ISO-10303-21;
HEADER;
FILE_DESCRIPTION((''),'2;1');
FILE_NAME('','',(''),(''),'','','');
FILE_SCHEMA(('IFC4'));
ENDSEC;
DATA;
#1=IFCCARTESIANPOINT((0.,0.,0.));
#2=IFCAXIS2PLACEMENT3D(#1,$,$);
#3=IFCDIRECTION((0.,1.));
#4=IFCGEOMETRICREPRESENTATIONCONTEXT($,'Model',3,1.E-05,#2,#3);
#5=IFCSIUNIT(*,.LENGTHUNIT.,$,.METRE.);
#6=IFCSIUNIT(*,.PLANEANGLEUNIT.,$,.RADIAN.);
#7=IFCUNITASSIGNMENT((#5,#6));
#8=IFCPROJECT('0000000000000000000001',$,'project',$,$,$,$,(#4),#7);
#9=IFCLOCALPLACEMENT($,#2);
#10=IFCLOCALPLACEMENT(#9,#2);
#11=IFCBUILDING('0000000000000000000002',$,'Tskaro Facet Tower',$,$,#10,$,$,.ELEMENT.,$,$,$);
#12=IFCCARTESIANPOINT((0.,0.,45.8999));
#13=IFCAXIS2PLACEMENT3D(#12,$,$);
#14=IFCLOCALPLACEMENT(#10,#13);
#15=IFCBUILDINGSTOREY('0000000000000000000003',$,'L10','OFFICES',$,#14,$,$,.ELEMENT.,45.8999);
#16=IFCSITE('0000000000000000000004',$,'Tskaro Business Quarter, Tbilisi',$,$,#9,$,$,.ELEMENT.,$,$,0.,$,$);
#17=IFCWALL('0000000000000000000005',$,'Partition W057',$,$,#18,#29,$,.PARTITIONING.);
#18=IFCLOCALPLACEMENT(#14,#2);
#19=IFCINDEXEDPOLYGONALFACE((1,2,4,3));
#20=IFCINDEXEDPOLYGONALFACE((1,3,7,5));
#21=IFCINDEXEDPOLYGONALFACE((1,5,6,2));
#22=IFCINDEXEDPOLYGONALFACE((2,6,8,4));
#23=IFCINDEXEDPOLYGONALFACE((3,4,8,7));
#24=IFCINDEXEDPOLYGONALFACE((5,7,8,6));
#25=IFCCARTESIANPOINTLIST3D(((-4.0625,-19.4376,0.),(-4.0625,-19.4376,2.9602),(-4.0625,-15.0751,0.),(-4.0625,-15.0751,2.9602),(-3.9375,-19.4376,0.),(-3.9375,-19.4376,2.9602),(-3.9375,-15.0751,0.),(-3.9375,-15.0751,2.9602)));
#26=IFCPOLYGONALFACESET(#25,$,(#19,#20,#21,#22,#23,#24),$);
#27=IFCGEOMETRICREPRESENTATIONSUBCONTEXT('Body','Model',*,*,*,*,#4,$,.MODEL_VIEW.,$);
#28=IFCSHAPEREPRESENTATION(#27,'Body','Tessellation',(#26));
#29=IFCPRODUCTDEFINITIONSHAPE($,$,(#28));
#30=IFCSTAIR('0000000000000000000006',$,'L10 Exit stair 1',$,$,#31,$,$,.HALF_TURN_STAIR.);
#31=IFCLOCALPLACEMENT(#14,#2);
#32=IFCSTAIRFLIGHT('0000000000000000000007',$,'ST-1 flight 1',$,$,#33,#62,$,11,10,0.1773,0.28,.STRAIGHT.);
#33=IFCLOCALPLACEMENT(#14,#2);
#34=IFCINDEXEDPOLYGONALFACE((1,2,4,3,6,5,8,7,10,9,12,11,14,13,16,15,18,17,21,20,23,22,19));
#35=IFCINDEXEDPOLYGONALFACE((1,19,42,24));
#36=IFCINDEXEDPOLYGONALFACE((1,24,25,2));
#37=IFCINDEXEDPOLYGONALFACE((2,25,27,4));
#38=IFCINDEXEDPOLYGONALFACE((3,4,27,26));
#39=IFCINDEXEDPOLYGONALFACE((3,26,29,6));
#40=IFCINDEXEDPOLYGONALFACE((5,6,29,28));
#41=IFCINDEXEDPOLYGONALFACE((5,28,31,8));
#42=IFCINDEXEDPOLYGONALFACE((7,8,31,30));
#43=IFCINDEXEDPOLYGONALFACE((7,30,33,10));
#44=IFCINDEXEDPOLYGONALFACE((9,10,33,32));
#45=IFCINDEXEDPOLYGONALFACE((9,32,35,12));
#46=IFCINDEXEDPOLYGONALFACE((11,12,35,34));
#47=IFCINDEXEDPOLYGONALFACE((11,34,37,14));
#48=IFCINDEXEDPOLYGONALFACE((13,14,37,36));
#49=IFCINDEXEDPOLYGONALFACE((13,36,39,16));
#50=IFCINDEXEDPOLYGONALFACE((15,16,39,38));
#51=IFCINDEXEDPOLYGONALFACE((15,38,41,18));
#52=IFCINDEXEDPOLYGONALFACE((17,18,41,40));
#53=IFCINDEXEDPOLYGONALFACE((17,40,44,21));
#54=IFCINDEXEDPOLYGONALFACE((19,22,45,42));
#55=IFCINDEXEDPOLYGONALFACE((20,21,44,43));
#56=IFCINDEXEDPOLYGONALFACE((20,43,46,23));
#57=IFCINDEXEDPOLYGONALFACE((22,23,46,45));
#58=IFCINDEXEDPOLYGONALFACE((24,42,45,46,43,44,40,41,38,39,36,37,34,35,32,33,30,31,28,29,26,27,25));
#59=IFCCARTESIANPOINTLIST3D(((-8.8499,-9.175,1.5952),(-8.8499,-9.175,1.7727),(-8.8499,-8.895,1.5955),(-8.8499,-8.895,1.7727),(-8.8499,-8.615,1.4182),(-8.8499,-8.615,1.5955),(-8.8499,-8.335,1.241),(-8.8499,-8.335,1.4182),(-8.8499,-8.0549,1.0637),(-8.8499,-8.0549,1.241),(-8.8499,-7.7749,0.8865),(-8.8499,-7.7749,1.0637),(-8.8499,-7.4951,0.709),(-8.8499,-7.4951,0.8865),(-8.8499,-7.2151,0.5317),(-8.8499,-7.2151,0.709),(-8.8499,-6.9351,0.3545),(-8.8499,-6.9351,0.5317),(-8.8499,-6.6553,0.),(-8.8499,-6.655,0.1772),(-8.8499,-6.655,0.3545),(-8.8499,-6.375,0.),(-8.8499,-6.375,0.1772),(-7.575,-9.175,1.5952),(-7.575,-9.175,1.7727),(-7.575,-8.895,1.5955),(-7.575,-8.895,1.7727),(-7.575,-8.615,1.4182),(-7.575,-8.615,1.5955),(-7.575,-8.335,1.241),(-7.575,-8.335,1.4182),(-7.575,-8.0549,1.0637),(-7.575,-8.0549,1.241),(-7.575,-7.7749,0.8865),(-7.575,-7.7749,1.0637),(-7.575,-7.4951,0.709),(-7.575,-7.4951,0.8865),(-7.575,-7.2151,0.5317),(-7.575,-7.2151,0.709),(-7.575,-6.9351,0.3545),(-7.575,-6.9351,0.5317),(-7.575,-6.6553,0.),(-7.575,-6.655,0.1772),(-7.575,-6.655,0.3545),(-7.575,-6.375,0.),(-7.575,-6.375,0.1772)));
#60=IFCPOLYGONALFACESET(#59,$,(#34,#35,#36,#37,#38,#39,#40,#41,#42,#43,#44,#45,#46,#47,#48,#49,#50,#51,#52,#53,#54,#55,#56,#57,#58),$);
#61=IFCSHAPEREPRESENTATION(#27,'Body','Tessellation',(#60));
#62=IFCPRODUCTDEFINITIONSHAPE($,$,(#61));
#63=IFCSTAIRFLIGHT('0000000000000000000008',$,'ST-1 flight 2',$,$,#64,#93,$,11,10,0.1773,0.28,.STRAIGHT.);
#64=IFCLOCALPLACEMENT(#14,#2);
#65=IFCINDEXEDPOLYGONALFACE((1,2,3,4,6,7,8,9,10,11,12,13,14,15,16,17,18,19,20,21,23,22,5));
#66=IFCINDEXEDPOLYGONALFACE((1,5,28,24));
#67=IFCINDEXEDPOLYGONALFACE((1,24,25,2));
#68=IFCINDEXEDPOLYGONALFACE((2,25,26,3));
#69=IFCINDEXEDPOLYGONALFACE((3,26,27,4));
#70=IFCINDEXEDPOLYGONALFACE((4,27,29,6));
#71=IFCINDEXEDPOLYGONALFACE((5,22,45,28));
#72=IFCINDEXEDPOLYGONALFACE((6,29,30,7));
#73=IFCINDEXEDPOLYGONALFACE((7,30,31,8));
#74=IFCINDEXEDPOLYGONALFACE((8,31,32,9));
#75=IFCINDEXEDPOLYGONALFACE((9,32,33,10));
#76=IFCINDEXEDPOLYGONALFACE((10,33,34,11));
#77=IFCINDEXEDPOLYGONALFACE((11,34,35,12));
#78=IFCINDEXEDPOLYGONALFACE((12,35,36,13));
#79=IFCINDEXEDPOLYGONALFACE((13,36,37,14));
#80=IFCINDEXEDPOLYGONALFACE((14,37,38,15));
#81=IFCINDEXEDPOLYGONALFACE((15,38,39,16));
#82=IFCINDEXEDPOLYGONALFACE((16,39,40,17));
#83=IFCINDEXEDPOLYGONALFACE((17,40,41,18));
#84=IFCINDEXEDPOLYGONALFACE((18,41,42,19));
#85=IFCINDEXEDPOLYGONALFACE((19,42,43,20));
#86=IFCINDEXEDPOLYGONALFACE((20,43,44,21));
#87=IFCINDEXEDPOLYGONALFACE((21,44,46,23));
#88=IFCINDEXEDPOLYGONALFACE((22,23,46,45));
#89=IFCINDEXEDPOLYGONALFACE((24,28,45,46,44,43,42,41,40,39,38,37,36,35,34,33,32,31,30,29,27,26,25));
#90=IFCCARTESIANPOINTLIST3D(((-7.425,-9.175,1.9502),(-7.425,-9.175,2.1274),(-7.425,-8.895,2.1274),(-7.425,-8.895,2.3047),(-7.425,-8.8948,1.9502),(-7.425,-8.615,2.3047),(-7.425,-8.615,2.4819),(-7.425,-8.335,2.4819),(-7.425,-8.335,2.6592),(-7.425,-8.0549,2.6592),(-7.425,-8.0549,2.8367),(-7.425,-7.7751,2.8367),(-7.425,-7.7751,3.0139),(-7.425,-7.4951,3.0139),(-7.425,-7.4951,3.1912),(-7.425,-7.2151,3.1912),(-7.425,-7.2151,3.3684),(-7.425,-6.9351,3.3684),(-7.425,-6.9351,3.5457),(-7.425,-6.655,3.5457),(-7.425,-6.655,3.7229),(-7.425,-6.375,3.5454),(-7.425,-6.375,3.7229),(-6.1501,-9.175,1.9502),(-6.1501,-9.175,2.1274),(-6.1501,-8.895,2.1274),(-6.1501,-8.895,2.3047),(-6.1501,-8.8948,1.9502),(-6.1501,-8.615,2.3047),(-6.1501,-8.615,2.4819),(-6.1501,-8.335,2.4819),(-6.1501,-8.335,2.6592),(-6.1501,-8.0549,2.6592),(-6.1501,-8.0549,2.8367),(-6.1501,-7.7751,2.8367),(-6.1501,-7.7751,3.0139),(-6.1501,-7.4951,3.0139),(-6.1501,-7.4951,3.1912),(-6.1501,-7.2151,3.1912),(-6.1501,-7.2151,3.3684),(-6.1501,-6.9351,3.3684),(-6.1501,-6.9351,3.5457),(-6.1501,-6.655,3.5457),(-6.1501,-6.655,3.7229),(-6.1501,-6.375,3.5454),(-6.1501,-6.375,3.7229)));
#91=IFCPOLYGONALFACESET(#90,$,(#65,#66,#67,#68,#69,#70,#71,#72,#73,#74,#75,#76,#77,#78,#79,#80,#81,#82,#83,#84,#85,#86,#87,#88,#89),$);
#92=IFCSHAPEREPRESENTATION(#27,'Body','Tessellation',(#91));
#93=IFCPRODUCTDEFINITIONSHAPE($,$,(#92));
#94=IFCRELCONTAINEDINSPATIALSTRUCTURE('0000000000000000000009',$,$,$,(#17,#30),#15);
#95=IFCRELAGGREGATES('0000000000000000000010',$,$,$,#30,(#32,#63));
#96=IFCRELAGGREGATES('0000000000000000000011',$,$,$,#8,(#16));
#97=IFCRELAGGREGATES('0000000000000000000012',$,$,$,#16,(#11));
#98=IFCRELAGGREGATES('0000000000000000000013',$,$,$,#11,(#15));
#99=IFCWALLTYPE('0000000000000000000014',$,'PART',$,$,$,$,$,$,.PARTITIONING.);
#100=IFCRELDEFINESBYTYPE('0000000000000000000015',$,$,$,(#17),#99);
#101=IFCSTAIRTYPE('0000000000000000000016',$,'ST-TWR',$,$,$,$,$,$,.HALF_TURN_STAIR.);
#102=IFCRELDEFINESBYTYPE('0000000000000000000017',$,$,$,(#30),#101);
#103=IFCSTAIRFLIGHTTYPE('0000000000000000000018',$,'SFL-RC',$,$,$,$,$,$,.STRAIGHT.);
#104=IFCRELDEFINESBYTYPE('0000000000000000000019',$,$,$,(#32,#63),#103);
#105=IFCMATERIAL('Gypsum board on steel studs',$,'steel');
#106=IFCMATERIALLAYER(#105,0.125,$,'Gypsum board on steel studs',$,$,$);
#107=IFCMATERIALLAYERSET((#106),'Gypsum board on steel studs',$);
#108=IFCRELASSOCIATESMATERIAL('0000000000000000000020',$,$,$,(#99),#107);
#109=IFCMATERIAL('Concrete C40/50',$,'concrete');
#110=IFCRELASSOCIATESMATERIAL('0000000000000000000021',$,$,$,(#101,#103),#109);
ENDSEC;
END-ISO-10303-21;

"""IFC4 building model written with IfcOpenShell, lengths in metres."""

from ifc_helpers import new_model, si_unit, direction, frame, frame_2d, origin, place, context, subcontext, project, spatial, polyline, rectangle, outline, extrude, material, layer, layer_set, type_object, element, aggregate, save


model = new_model("IFC4")

# Units and contexts
model_context = context("Model", 3, precision=1e-05, world=origin(), true_north=direction((0.0, 1.0)))
body_context = subcontext(model_context, "Body", "Model", "MODEL_VIEW")
ifc_project = project(units=[si_unit("LENGTHUNIT", "METRE"), si_unit("PLANEANGLEUNIT", "RADIAN")], contexts=[model_context])

# Site, building, storey
site_placement = place(None, origin())
site = spatial("IfcSite", under=ifc_project, at=site_placement, Name="Tskaro Business Quarter, Tbilisi", CompositionType="ELEMENT", RefElevation=0.0)
building_placement = place(site_placement, origin())
building = spatial("IfcBuilding", under=site, at=building_placement, Name="Tskaro Facet Tower", CompositionType="ELEMENT")
storey_placement = place(building_placement, frame((0.0, 0.0, 45.8999)))
storey = spatial("IfcBuildingStorey", under=building, at=storey_placement, Name="L10", Description="OFFICES", CompositionType="ELEMENT", Elevation=45.8999)

# Wall
ifc_material_1 = material(Name="Gypsum board on steel studs", Category="steel")
ifc_layer_1 = layer(ifc_material_1, 0.125, Name="Gypsum board on steel studs")
ifc_layer_set_1 = layer_set([ifc_layer_1], Name="Gypsum board on steel studs")
wall_type_1 = type_object("IfcWallType", Name="PART", PredefinedType="PARTITIONING", material=ifc_layer_set_1)
wall_1_placement = place(storey_placement, frame((-4.0, -19.4375, 0.0), z_axis=(0.0, 0.0, 1.0), x_axis=(0.0, 1.0, 0.0)))
element("IfcWall", 1, at=wall_1_placement, inside=storey, type_object=wall_type_1, Name="Partition W057", PredefinedType="PARTITIONING", context=body_context, shape_type="SweptSolid", body=[
    extrude(rectangle(XDim=4.3625, YDim=0.125, at=frame_2d((2.1812, 0.0))), origin(), (0.0, 0.0, 1.0), 2.9602),
])

# Stair, stair flights
ifc_material_2 = material(Name="Concrete C40/50", Category="concrete")
stair_type = type_object("IfcStairType", Name="ST-TWR", PredefinedType="HALF_TURN_STAIR", material=ifc_material_2)
stair_placement = place(storey_placement, origin())
stair = element("IfcStair", 2, at=stair_placement, inside=storey, type_object=stair_type, Name="L10 Exit stair 1", PredefinedType="HALF_TURN_STAIR")
stair_flight_type = type_object("IfcStairFlightType", Name="SFL-RC", PredefinedType="STRAIGHT", material=ifc_material_2)
stair_flight_1_placement = place(storey_placement, frame((-8.2124, -6.375, 0.0), z_axis=(0.0, 0.0, 1.0), x_axis=(0.0, -1.0, 0.0)))
stair_flight_1 = element("IfcStairFlight", 3, at=stair_flight_1_placement, type_object=stair_flight_type, Name="ST-1 flight 1", NumberOfRisers=11, NumberOfTreads=10, PredefinedType="STRAIGHT", RiserHeight=0.1773, TreadLength=0.28, context=body_context, shape_type="SweptSolid", body=[
    extrude(outline(polyline([(0.0, 0.0), (0.0, 0.1772), (0.28, 0.1772), (0.28, 0.3545), (0.5601, 0.3545), (0.5601, 0.5317), (0.8401, 0.5317), (0.8401, 0.709), (1.1201, 0.709), (1.1201, 0.8865), (1.3999, 0.8865), (1.3999, 1.0637), (1.6799, 1.0637), (1.6799, 1.241), (1.96, 1.241), (1.96, 1.4182), (2.24, 1.4182), (2.24, 1.5955), (2.52, 1.5955), (2.52, 1.7727), (2.8, 1.7727), (2.8, 1.95), (2.8, 1.5952), (0.2803, 0.0), (0.0, 0.0)])), frame((0.0, 0.6375, 0.0), z_axis=(0.0, -1.0, 0.0), x_axis=(1.0, 0.0, 0.0)), (0.0, 0.0, 1.0), 1.2749),
])
stair_flight_2_placement = place(storey_placement, frame((-6.7876, -9.175, 1.9502), z_axis=(0.0, 0.0, 1.0), x_axis=(0.0, 1.0, 0.0)))
stair_flight_2 = element("IfcStairFlight", 4, at=stair_flight_2_placement, type_object=stair_flight_type, Name="ST-1 flight 2", NumberOfRisers=11, NumberOfTreads=10, PredefinedType="STRAIGHT", RiserHeight=0.1773, TreadLength=0.28, context=body_context, shape_type="SweptSolid", body=[
    extrude(outline(polyline([(0.0, 0.0), (0.0, 0.1772), (0.28, 0.1772), (0.28, 0.3545), (0.5601, 0.3545), (0.5601, 0.5317), (0.8401, 0.5317), (0.8401, 0.709), (1.1201, 0.709), (1.1201, 0.8865), (1.3999, 0.8865), (1.3999, 1.0637), (1.6799, 1.0637), (1.6799, 1.241), (1.96, 1.241), (1.96, 1.4182), (2.24, 1.4182), (2.24, 1.5955), (2.52, 1.5955), (2.52, 1.7727), (2.8, 1.7727), (2.8, 1.95), (2.8, 1.5952), (0.2803, 0.0), (0.0, 0.0)])), frame((0.0, 0.6375, 0.0), z_axis=(0.0, -1.0, 0.0), x_axis=(1.0, 0.0, 0.0)), (0.0, 0.0, 1.0), 1.2749),
])
aggregate(stair, [stair_flight_1, stair_flight_2])

save(model, "model.ifc")
